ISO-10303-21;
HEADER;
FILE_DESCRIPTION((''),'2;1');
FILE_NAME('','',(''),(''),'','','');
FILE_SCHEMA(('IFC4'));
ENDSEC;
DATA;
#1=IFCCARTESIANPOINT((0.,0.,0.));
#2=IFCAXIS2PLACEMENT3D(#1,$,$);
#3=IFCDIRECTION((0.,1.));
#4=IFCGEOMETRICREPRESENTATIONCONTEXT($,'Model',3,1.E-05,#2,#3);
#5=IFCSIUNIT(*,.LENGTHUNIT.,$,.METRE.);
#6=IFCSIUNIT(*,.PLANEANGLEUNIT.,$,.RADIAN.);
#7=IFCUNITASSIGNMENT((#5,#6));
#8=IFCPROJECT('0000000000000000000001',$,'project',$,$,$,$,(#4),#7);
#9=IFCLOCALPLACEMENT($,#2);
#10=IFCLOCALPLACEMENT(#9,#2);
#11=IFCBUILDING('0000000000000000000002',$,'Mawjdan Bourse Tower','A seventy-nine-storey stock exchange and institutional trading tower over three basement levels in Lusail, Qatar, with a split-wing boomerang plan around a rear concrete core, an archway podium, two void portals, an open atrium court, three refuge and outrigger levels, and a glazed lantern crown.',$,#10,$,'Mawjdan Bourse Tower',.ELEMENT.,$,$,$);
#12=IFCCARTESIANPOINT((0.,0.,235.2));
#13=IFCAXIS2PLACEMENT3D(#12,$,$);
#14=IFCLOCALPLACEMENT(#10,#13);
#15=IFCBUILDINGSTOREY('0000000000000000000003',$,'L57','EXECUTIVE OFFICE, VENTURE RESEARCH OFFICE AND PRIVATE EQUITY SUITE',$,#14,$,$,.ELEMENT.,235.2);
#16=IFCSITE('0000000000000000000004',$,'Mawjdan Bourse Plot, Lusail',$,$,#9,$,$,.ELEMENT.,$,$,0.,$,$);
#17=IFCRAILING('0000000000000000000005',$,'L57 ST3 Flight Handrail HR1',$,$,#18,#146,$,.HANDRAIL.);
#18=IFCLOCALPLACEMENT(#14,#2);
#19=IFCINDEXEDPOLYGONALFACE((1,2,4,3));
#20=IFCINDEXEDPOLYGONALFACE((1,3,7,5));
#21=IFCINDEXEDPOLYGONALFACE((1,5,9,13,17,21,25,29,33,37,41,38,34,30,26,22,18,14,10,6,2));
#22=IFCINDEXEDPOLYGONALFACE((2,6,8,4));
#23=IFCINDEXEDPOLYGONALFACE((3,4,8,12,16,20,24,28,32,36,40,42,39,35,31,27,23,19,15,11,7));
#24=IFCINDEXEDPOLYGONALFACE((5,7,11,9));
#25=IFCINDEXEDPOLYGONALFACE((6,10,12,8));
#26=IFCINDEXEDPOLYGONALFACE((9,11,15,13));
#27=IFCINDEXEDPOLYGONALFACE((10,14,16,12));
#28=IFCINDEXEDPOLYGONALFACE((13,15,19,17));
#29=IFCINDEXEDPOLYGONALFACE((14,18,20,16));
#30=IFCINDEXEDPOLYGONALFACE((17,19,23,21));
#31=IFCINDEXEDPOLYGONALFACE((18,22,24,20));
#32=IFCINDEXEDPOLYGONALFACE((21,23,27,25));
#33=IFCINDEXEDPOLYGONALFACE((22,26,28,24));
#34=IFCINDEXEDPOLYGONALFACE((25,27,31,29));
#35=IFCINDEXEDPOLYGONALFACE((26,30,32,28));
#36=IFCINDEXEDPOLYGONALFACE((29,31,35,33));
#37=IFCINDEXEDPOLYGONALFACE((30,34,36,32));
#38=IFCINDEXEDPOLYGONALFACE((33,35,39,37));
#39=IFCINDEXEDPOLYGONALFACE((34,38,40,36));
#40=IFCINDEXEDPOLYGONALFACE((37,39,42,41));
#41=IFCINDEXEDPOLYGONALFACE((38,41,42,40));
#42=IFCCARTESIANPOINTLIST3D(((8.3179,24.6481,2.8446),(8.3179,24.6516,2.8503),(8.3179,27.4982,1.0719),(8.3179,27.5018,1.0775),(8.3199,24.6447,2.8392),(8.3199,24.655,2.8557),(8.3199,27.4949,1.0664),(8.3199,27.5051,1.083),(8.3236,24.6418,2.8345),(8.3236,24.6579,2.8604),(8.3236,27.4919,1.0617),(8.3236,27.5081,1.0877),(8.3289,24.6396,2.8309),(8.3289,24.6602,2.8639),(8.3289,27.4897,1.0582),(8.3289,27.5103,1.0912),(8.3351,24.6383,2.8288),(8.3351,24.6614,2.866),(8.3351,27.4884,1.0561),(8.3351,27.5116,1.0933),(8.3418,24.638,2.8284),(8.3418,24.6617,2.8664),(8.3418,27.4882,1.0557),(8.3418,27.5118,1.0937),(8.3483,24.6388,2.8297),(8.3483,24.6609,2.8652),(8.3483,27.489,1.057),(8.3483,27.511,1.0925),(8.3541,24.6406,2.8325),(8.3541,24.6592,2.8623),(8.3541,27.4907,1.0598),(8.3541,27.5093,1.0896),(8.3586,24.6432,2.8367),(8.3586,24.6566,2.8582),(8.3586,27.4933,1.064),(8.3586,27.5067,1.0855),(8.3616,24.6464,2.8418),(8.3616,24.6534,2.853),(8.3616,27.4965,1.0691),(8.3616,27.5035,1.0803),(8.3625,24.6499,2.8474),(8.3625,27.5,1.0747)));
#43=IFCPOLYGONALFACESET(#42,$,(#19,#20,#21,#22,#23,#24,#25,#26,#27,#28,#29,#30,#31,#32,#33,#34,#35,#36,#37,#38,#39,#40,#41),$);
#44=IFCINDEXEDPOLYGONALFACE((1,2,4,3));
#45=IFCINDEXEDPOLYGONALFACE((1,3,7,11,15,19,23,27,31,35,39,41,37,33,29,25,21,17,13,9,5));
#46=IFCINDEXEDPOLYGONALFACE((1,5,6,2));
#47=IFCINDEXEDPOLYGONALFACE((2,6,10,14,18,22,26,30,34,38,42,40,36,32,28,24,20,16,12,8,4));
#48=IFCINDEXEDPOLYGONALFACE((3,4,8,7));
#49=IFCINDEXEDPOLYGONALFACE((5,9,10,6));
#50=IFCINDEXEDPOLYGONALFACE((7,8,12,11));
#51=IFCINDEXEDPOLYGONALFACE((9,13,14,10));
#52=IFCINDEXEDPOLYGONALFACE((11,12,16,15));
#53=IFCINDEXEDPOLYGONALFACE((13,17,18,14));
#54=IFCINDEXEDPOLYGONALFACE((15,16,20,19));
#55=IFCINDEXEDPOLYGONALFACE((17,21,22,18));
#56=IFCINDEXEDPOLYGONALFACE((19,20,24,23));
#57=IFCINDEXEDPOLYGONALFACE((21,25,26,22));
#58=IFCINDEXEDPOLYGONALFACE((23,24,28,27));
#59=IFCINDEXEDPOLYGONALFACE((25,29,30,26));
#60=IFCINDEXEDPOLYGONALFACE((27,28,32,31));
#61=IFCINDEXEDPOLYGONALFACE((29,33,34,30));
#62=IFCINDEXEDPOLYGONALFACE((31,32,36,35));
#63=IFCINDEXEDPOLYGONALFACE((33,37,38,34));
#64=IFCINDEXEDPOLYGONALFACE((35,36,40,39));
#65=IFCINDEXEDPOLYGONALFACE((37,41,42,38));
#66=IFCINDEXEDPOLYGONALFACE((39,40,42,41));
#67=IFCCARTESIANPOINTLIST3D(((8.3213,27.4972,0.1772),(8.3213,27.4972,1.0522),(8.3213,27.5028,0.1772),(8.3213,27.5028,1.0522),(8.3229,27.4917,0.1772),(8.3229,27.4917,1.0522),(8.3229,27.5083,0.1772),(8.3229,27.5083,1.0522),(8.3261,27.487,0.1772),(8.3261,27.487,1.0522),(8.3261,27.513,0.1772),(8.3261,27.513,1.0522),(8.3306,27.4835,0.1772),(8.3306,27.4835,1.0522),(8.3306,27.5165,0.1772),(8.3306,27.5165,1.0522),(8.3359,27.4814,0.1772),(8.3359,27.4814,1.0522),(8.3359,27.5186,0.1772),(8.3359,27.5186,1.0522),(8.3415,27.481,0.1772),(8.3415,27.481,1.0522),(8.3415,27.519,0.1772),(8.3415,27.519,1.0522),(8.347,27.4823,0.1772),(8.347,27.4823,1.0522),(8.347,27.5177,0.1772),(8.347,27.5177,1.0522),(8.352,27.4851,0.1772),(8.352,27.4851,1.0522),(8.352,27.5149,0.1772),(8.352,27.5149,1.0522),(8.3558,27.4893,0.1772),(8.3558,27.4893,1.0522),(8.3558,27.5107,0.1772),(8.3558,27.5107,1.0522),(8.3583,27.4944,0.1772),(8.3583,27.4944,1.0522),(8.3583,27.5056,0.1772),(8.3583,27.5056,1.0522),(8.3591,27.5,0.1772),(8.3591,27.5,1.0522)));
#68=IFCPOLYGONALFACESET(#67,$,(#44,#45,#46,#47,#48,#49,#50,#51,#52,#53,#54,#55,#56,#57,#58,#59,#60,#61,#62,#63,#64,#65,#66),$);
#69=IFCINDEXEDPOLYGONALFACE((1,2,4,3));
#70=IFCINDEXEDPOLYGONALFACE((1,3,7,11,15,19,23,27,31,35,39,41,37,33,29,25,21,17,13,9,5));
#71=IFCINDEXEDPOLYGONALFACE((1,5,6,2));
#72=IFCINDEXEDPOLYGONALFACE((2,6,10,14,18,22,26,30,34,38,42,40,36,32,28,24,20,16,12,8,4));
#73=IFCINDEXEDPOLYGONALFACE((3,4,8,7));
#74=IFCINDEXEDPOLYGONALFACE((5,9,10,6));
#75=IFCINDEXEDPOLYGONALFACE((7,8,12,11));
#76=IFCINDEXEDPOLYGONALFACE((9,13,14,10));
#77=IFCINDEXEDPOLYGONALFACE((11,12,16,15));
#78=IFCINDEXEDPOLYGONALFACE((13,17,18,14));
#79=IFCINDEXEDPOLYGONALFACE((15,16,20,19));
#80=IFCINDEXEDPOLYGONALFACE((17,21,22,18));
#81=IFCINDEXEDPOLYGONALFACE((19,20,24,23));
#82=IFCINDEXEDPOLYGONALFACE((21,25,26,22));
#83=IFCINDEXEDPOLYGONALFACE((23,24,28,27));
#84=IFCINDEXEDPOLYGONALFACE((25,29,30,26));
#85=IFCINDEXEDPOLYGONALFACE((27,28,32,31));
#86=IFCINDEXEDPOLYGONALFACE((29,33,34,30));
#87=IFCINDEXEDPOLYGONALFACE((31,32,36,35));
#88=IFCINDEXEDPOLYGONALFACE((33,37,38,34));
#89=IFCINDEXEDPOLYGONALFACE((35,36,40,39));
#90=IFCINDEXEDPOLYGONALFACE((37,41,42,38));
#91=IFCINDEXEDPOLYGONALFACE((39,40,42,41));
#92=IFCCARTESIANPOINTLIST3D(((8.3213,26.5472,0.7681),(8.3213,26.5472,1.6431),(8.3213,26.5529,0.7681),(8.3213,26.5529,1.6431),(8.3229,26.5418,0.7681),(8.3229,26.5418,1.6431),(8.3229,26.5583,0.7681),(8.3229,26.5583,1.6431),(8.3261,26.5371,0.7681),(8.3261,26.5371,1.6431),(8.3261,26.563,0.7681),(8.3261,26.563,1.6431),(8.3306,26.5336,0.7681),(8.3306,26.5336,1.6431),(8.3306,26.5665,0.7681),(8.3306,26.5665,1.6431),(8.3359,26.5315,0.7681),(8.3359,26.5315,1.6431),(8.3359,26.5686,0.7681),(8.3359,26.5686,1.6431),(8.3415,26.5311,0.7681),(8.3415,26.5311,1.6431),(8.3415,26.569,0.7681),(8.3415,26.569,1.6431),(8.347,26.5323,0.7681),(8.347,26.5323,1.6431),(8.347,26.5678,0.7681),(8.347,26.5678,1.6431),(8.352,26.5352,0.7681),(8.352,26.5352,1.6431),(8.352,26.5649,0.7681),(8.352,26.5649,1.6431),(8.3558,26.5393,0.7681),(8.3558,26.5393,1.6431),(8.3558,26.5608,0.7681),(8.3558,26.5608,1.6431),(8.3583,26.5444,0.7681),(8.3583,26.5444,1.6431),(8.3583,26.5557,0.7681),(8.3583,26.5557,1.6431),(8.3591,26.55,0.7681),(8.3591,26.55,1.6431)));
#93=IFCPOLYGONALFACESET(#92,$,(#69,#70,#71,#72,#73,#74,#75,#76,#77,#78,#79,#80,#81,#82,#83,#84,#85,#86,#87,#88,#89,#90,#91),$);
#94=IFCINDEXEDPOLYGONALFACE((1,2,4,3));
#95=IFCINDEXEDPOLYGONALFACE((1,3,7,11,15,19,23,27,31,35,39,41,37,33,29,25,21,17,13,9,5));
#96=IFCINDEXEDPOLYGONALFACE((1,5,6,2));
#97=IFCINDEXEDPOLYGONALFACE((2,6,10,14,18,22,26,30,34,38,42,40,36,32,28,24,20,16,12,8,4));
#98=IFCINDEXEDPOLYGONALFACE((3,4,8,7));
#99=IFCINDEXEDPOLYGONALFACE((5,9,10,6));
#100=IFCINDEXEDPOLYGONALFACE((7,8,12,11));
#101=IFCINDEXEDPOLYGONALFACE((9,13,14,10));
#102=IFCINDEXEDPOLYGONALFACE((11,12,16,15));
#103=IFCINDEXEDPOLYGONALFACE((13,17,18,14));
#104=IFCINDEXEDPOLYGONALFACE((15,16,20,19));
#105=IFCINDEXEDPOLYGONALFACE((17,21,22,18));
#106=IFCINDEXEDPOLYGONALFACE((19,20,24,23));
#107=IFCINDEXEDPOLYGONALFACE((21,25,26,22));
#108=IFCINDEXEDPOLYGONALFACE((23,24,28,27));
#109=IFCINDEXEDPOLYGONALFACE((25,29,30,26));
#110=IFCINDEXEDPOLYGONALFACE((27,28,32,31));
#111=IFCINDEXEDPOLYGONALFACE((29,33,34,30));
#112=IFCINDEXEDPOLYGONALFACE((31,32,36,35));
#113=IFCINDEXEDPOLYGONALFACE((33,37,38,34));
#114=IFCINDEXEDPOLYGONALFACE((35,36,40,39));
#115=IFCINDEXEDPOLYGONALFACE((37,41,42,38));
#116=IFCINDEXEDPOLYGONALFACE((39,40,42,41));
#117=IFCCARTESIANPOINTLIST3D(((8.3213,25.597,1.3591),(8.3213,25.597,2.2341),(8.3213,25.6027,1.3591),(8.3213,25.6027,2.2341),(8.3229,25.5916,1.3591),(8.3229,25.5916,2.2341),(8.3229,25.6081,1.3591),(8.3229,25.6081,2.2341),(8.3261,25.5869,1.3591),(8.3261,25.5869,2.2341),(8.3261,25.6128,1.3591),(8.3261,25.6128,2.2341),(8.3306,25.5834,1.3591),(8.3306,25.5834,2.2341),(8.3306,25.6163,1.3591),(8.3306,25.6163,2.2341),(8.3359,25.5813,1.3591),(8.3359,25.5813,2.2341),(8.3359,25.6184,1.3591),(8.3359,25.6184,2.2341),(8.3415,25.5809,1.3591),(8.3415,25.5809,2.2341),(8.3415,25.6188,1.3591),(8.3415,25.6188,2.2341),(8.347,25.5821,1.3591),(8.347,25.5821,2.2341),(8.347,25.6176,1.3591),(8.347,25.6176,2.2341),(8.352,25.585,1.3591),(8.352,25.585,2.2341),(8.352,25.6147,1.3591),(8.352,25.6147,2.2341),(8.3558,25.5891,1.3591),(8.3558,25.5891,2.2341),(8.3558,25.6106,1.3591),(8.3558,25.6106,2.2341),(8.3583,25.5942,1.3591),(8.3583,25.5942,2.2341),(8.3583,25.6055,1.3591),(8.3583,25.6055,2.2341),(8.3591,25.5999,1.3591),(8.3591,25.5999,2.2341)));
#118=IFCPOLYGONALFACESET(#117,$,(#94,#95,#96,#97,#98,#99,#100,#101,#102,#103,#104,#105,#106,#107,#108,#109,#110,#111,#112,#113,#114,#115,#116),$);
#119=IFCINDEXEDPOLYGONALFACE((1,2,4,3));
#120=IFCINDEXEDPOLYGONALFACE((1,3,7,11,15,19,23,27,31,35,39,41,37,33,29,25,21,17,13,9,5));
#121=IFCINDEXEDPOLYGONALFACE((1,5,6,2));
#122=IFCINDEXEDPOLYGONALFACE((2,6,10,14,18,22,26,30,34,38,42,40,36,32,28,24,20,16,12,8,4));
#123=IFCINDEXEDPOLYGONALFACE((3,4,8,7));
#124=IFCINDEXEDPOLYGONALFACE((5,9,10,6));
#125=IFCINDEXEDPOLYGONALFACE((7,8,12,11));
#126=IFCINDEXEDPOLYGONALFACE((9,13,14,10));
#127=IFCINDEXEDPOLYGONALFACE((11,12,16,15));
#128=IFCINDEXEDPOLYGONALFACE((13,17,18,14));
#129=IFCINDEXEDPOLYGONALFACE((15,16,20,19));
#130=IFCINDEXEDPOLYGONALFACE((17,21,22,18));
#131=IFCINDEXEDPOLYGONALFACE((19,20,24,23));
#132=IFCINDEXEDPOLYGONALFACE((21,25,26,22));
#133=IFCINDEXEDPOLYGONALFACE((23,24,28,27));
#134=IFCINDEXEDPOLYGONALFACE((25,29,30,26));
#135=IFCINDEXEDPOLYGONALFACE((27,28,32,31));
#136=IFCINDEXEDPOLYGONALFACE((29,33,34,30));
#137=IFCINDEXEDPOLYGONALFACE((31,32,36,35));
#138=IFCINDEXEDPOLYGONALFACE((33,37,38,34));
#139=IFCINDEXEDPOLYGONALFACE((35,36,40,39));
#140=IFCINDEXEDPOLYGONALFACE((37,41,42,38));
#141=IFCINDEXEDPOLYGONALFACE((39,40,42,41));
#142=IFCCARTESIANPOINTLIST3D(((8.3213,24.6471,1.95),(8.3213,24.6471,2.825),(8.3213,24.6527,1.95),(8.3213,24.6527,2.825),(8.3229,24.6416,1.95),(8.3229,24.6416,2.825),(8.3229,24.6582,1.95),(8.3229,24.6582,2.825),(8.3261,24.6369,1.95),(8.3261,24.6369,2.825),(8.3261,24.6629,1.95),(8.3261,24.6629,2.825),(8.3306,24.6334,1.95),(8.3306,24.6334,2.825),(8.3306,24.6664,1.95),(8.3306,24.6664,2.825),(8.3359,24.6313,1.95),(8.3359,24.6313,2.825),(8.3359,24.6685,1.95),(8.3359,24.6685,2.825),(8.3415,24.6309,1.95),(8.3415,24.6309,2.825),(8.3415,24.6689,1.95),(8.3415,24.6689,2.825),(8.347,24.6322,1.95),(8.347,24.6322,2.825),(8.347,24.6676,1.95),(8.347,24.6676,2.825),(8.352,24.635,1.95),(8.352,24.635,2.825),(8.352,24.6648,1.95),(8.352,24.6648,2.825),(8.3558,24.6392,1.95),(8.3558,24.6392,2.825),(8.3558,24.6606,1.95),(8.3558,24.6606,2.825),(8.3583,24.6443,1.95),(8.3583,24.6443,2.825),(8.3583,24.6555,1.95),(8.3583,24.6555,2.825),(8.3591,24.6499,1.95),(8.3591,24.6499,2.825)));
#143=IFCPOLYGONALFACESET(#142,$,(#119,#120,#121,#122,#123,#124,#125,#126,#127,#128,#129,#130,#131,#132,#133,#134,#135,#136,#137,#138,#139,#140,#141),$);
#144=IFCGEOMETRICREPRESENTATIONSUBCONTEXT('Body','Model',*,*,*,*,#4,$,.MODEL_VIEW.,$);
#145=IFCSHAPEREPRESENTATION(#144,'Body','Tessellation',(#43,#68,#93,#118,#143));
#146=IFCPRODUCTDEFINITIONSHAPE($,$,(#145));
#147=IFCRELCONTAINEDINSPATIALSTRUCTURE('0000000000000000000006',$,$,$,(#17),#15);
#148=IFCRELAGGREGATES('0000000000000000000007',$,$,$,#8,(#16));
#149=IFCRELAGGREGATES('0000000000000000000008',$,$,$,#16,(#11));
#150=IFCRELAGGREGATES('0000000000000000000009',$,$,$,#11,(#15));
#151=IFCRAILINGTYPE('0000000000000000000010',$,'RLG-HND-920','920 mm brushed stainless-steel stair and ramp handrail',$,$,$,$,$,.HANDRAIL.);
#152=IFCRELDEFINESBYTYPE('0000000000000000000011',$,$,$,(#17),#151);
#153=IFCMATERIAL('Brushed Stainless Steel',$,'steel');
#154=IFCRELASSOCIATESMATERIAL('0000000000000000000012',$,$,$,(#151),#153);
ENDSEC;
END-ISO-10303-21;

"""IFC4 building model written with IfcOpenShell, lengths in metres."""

from ifc_helpers import new_model, si_unit, direction, frame, origin, origin_2d, place, context, subcontext, project, spatial, circle, extrude, material, type_object, element, save


model = new_model("IFC4")

# Units and contexts
model_context = context("Model", 3, precision=1e-05, world=origin(), true_north=direction((0.0, 1.0)))
body_context = subcontext(model_context, "Body", "Model", "MODEL_VIEW")
ifc_project = project(units=[si_unit("LENGTHUNIT", "METRE"), si_unit("PLANEANGLEUNIT", "RADIAN")], contexts=[model_context])

# Site, building, storey
site_placement = place(None, origin())
site = spatial("IfcSite", under=ifc_project, at=site_placement, Name="Mawjdan Bourse Plot, Lusail", CompositionType="ELEMENT", RefElevation=0.0)
building_placement = place(site_placement, origin())
building = spatial("IfcBuilding", under=site, at=building_placement, Name="Mawjdan Bourse Tower", Description="A seventy-nine-storey stock exchange and institutional trading tower over three basement levels in Lusail, Qatar, with a split-wing boomerang plan around a rear concrete core, an archway podium, two void portals, an open atrium court, three refuge and outrigger levels, and a glazed lantern crown.", LongName="Mawjdan Bourse Tower", CompositionType="ELEMENT")
storey_placement = place(building_placement, frame((0.0, 0.0, 235.2)))
storey = spatial("IfcBuildingStorey", under=building, at=storey_placement, Name="L57", Description="EXECUTIVE OFFICE, VENTURE RESEARCH OFFICE AND PRIVATE EQUITY SUITE", CompositionType="ELEMENT", Elevation=235.2)

# Railing
ifc_material_1 = material(Name="Brushed Stainless Steel", Category="steel")
railing_type_1 = type_object("IfcRailingType", Name="RLG-HND-920", Description="920 mm brushed stainless-steel stair and ramp handrail", PredefinedType="HANDRAIL", material=ifc_material_1)
railing_1_placement = place(storey_placement, frame((8.3401, 27.5, 0.1772)))
element("IfcRailing", 1, at=railing_1_placement, inside=storey, type_object=railing_type_1, Name="L57 ST3 Flight Handrail HR1", PredefinedType="HANDRAIL", context=body_context, shape_type="SweptSolid", body=[
    extrude(circle(Radius=0.0225, at=origin_2d()), frame((0.0, 0.0, 0.8975), z_axis=(0.0, -0.849149, 0.528154), x_axis=(1.0, 0.0, 0.0)), (0.0, 0.0, 1.0), 3.3564),
    extrude(circle(Radius=0.019, at=origin_2d()), origin(), (0.0, 0.0, 1.0), 0.875),
    extrude(circle(Radius=0.019, at=origin_2d()), frame((0.0, -0.95, 0.5908)), (0.0, 0.0, 1.0), 0.875),
    extrude(circle(Radius=0.019, at=origin_2d()), frame((0.0, -1.9001, 1.1819)), (0.0, 0.0, 1.0), 0.875),
    extrude(circle(Radius=0.019, at=origin_2d()), frame((0.0, -2.8501, 1.7727)), (0.0, 0.0, 1.0), 0.875),
])

save(model, "model.ifc")
